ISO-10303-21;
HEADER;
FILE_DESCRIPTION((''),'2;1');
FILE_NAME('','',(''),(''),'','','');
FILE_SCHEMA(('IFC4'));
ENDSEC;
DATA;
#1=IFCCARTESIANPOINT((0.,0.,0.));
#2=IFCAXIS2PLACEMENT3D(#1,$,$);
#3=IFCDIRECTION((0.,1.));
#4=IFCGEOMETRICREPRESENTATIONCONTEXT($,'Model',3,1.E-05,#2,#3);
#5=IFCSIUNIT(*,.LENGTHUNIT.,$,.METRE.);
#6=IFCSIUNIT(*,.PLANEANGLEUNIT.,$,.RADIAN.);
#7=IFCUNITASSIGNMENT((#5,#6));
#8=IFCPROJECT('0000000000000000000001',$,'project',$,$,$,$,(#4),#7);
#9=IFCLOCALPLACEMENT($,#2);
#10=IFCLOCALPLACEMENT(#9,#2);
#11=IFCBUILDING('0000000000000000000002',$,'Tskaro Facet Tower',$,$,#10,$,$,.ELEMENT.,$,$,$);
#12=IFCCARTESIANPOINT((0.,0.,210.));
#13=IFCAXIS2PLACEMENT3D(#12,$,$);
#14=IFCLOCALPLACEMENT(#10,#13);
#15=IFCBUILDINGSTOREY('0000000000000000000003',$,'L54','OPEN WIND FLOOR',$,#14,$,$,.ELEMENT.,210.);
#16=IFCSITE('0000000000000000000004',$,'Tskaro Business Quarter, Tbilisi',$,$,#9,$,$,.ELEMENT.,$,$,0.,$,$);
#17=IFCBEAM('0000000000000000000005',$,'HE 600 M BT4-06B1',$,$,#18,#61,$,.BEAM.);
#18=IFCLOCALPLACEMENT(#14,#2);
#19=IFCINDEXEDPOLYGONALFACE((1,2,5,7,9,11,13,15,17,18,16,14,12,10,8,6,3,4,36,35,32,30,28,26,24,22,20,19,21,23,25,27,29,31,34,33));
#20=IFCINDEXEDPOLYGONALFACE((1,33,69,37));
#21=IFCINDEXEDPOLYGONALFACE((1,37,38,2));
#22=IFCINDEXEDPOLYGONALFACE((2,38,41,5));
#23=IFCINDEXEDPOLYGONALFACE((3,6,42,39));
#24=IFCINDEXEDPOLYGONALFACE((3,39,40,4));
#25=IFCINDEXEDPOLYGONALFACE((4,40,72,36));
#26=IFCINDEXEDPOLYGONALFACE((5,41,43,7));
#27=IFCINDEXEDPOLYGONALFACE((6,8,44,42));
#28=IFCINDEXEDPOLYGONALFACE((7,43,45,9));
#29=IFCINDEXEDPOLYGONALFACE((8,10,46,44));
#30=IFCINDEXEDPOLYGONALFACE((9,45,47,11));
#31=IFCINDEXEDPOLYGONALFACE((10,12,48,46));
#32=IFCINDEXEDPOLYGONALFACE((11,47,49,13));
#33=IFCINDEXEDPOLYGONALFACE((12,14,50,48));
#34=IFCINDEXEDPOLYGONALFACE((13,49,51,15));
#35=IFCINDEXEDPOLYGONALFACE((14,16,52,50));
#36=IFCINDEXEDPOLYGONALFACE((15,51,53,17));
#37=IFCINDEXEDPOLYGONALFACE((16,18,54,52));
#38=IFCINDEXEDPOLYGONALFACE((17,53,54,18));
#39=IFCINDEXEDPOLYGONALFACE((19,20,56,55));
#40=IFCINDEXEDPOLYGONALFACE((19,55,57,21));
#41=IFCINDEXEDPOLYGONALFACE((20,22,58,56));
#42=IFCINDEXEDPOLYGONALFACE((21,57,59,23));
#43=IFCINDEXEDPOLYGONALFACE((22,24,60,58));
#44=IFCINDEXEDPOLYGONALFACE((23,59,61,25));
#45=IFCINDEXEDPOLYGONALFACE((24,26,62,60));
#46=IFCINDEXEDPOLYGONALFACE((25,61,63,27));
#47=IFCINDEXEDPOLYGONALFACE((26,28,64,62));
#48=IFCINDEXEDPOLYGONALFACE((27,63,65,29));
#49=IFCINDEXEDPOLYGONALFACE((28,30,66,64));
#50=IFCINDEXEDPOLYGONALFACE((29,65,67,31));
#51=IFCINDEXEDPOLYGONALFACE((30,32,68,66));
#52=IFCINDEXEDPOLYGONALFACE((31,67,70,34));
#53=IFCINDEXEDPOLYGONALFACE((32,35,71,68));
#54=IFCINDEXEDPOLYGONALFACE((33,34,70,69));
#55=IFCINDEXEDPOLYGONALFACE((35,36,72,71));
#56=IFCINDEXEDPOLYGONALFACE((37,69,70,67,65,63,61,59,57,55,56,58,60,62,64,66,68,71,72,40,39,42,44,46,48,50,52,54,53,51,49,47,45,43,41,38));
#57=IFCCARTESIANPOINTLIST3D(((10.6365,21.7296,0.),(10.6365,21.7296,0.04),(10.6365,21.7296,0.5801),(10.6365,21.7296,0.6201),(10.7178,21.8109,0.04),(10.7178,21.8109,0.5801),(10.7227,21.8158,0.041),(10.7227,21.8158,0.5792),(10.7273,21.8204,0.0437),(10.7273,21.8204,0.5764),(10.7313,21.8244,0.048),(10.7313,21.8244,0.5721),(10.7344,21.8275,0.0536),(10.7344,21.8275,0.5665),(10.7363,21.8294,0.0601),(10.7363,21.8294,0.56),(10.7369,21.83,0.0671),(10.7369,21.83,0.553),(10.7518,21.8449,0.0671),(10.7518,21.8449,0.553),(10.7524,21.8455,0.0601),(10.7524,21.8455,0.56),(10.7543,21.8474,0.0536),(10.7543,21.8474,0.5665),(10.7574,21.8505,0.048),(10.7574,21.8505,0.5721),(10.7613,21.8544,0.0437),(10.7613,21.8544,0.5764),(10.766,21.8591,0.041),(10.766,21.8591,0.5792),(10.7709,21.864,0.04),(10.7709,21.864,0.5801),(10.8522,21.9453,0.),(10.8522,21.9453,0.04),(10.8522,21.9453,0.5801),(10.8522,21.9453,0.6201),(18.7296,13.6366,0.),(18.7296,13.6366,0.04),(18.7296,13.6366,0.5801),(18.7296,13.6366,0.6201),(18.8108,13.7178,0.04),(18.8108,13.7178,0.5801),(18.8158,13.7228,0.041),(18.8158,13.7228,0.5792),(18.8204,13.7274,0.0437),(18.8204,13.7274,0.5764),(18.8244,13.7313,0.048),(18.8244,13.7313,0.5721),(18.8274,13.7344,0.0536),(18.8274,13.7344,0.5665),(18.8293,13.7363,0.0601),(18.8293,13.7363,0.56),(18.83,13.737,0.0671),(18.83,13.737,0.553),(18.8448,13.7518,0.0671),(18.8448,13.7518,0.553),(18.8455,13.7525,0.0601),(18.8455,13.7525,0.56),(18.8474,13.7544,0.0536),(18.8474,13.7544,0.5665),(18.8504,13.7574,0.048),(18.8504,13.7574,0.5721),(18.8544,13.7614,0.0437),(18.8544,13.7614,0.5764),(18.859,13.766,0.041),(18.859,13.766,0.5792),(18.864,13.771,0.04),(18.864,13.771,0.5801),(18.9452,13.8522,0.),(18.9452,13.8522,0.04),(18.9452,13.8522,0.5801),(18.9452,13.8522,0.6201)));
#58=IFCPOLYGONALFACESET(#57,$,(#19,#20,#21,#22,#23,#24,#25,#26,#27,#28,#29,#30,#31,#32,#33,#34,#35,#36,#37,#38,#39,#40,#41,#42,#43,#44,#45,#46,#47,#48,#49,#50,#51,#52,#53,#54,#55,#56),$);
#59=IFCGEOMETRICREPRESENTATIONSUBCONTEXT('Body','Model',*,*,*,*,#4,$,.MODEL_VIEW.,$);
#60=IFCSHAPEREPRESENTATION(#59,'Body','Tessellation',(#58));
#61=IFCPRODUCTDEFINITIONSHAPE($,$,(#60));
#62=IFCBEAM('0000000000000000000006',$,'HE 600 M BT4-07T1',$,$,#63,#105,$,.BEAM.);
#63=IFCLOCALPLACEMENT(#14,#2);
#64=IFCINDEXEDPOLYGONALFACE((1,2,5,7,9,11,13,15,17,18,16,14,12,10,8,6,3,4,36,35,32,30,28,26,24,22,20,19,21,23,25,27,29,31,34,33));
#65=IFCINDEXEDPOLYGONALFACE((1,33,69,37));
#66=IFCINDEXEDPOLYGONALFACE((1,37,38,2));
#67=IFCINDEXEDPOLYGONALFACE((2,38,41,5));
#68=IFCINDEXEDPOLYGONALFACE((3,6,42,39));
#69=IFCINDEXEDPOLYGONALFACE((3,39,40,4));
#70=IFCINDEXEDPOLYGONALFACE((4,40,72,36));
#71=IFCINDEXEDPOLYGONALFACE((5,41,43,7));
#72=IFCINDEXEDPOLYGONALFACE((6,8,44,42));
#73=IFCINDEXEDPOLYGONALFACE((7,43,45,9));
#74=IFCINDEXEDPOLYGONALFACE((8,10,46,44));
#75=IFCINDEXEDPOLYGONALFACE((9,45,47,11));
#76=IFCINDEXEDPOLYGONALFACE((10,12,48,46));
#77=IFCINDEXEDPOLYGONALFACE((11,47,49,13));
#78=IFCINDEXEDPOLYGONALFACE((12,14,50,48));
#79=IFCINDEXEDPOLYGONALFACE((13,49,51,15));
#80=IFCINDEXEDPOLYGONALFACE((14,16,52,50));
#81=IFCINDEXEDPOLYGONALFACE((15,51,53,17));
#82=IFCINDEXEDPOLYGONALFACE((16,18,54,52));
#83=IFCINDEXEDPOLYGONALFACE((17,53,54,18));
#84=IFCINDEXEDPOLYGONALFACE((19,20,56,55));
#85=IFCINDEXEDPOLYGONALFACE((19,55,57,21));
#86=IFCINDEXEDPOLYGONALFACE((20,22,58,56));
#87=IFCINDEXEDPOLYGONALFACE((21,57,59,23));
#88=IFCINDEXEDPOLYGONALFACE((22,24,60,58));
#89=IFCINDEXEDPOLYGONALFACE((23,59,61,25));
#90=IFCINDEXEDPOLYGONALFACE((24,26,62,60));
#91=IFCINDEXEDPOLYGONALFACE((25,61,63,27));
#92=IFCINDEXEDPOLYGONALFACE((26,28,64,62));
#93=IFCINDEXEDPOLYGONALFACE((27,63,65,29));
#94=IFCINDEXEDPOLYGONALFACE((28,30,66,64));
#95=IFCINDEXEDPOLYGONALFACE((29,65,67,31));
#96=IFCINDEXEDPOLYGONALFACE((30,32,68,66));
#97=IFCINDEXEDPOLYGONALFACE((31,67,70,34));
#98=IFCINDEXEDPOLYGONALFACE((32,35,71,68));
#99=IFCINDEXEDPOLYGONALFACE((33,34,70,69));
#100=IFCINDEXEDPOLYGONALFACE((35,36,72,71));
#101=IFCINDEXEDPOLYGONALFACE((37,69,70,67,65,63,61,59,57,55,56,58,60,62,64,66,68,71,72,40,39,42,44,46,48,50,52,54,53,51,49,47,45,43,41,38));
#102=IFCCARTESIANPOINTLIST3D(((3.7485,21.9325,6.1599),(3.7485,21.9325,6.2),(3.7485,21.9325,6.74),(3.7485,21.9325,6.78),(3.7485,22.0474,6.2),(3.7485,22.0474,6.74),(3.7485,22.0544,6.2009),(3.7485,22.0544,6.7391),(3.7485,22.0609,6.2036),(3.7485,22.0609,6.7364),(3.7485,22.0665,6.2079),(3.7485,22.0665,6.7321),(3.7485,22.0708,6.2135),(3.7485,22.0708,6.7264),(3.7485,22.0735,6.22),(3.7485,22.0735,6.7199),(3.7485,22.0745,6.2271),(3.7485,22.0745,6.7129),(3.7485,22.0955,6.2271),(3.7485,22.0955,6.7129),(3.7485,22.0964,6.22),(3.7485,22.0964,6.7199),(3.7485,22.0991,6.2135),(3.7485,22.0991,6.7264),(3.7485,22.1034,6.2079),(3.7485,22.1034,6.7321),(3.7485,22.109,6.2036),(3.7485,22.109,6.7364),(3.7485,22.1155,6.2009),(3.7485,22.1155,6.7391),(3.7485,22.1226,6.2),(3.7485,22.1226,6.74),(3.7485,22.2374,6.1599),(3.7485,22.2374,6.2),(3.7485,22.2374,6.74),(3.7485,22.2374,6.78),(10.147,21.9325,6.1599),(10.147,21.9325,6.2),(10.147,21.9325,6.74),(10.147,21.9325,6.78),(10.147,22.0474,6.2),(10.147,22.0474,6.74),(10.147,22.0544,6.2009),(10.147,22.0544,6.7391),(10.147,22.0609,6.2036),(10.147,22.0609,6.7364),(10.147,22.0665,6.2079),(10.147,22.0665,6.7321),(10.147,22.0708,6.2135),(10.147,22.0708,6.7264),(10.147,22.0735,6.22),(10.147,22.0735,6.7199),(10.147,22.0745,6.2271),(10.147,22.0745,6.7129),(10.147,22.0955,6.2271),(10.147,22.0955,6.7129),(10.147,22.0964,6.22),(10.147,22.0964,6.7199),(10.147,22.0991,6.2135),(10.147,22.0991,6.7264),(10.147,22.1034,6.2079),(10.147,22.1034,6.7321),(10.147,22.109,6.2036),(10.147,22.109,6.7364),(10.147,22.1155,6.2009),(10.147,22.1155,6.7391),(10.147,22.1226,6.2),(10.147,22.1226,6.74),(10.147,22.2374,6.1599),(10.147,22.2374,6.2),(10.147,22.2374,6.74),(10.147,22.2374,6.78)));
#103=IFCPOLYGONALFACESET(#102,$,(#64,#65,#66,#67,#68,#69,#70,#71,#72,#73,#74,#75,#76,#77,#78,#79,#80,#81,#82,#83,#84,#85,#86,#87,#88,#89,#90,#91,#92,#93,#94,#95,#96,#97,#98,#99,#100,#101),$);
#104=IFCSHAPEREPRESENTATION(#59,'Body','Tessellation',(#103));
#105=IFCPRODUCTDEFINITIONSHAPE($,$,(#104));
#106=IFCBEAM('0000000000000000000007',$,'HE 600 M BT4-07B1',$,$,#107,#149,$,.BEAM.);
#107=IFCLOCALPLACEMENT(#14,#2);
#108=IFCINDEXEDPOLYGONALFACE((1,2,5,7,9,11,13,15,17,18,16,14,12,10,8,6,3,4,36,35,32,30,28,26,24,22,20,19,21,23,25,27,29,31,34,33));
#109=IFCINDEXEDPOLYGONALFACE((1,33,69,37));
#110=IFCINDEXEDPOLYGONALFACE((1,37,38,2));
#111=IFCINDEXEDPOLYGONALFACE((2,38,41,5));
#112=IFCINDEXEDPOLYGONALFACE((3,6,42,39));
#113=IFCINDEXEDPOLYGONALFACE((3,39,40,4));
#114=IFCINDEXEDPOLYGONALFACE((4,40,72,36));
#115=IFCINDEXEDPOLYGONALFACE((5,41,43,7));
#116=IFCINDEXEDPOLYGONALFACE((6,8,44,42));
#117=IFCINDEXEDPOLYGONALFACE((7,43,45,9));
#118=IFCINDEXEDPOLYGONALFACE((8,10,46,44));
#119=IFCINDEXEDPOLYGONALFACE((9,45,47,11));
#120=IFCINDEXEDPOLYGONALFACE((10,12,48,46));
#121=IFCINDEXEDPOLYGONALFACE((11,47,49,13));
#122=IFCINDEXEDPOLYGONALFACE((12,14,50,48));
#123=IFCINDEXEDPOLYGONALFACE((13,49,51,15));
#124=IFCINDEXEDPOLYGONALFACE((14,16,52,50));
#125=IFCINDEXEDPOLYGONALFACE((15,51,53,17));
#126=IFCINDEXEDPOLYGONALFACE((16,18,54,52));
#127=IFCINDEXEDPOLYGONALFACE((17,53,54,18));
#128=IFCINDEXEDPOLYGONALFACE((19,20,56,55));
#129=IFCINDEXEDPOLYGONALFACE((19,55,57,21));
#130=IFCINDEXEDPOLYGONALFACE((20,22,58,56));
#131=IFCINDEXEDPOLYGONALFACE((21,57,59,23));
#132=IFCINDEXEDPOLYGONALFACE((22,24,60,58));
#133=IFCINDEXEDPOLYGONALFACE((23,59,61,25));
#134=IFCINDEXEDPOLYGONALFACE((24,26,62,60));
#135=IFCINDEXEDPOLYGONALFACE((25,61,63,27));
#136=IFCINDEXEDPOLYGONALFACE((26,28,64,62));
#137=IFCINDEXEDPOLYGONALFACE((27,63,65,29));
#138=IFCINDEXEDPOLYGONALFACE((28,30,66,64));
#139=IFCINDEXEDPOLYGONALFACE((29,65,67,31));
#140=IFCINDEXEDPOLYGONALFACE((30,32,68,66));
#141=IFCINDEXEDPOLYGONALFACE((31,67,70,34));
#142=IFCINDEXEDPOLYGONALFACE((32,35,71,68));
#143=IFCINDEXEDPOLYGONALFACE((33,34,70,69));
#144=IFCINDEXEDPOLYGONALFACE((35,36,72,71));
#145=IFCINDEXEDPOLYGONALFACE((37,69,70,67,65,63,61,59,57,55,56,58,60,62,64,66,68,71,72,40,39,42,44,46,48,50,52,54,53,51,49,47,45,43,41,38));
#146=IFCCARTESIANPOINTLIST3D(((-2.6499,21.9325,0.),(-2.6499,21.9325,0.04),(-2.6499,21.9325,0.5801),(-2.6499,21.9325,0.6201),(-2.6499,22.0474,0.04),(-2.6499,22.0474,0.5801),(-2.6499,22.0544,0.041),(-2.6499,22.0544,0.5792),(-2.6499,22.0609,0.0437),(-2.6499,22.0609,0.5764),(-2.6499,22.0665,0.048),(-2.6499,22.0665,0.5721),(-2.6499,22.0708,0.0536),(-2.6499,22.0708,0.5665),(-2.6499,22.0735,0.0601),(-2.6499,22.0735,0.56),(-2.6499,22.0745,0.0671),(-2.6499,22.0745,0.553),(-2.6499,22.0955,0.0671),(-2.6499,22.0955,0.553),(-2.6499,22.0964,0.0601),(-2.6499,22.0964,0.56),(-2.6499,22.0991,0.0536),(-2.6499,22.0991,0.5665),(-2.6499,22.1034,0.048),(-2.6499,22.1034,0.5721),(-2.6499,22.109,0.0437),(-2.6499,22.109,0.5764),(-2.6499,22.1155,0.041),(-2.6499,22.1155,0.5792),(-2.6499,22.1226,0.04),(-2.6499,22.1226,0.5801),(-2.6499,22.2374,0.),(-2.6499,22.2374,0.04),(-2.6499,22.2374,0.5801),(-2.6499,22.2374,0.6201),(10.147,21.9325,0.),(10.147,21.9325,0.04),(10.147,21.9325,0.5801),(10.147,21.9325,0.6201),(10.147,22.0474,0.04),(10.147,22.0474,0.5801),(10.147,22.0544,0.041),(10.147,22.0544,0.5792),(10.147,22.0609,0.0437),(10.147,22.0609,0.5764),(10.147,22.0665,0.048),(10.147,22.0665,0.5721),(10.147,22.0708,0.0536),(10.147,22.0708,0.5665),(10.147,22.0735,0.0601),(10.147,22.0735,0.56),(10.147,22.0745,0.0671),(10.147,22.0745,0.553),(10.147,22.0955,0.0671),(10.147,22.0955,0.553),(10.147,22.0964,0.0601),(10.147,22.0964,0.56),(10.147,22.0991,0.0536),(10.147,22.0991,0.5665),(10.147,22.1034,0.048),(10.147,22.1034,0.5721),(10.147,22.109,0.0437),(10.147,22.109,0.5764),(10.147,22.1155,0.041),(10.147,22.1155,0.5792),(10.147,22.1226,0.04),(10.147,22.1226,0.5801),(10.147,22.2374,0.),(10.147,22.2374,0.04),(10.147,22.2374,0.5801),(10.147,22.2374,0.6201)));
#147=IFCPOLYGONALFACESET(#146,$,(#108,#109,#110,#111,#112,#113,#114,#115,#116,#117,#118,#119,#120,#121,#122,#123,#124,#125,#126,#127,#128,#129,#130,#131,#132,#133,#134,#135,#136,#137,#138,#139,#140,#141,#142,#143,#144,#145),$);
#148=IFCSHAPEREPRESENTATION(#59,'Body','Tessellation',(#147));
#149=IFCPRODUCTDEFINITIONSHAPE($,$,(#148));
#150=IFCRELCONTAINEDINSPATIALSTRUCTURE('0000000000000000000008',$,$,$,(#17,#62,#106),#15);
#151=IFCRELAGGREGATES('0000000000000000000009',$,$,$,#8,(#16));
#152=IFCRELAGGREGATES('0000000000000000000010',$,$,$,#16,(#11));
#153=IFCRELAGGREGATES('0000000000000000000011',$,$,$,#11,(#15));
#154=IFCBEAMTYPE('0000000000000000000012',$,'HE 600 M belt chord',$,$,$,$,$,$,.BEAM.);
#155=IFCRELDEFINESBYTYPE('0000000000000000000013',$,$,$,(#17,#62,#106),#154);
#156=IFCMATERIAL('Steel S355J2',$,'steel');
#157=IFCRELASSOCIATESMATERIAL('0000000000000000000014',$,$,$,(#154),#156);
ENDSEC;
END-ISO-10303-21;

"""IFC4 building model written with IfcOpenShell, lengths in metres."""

from ifc_helpers import new_model, si_unit, direction, frame, origin, origin_2d, place, context, subcontext, project, spatial, i_section, extrude, material, material_profile, profile_set, type_object, element, save


model = new_model("IFC4")

# Units and contexts
model_context = context("Model", 3, precision=1e-05, world=origin(), true_north=direction((0.0, 1.0)))
body_context = subcontext(model_context, "Body", "Model", "MODEL_VIEW")
ifc_project = project(units=[si_unit("LENGTHUNIT", "METRE"), si_unit("PLANEANGLEUNIT", "RADIAN")], contexts=[model_context])

# Site, building, storey
site_placement = place(None, origin())
site = spatial("IfcSite", under=ifc_project, at=site_placement, Name="Tskaro Business Quarter, Tbilisi", CompositionType="ELEMENT", RefElevation=0.0)
building_placement = place(site_placement, origin())
building = spatial("IfcBuilding", under=site, at=building_placement, Name="Tskaro Facet Tower", CompositionType="ELEMENT")
storey_placement = place(building_placement, frame((0.0, 0.0, 210.0)))
storey = spatial("IfcBuildingStorey", under=building, at=storey_placement, Name="L54", Description="OPEN WIND FLOOR", CompositionType="ELEMENT", Elevation=210.0)

# Shared definitions
ifc_material_1 = material(Name="Steel S355J2", Category="steel")

# Beams
ifc_material_profile_1 = material_profile(ifc_material_1, i_section(OverallWidth=0.3049, OverallDepth=0.6201, WebThickness=0.021, FlangeThickness=0.04, FilletRadius=0.0271, at=origin_2d()), Name="HE 600 M")
ifc_profile_set_1 = profile_set([ifc_material_profile_1], Name="Steel S355J2")
beam_type_1 = type_object("IfcBeamType", Name="HE 600 M belt chord", PredefinedType="BEAM", material=ifc_profile_set_1)
beam_1_placement = place(storey_placement, frame((18.8374, 13.7444, 0.3101), z_axis=(-0.707107, 0.707107, 0.0), x_axis=(-0.707107, -0.707107, 0.0)))
element("IfcBeam", 1, at=beam_1_placement, inside=storey, type_object=beam_type_1, Name="HE 600 M BT4-06B1", PredefinedType="BEAM", context=body_context, shape_type="SweptSolid", body=[
    extrude(i_section(OverallWidth=0.3049, OverallDepth=0.6201, WebThickness=0.021, FlangeThickness=0.04, FilletRadius=0.0271, at=origin_2d()), origin(), (0.0, 0.0, 1.0), 11.4453),
])
beam_2_placement = place(storey_placement, frame((10.147, 22.085, 6.47), z_axis=(-1.0, 0.0, 0.0), x_axis=(0.0, -1.0, 0.0)))
element("IfcBeam", 2, at=beam_2_placement, inside=storey, type_object=beam_type_1, Name="HE 600 M BT4-07T1", PredefinedType="BEAM", context=body_context, shape_type="SweptSolid", body=[
    extrude(i_section(OverallWidth=0.3049, OverallDepth=0.6201, WebThickness=0.021, FlangeThickness=0.04, FilletRadius=0.0271, at=origin_2d()), origin(), (0.0, 0.0, 1.0), 6.3984),
])
beam_3_placement = place(storey_placement, frame((10.147, 22.085, 0.3101), z_axis=(-1.0, 0.0, 0.0), x_axis=(0.0, -1.0, 0.0)))
element("IfcBeam", 3, at=beam_3_placement, inside=storey, type_object=beam_type_1, Name="HE 600 M BT4-07B1", PredefinedType="BEAM", context=body_context, shape_type="SweptSolid", body=[
    extrude(i_section(OverallWidth=0.3049, OverallDepth=0.6201, WebThickness=0.021, FlangeThickness=0.04, FilletRadius=0.0271, at=origin_2d()), origin(), (0.0, 0.0, 1.0), 12.7969),
])

save(model, "model.ifc")
